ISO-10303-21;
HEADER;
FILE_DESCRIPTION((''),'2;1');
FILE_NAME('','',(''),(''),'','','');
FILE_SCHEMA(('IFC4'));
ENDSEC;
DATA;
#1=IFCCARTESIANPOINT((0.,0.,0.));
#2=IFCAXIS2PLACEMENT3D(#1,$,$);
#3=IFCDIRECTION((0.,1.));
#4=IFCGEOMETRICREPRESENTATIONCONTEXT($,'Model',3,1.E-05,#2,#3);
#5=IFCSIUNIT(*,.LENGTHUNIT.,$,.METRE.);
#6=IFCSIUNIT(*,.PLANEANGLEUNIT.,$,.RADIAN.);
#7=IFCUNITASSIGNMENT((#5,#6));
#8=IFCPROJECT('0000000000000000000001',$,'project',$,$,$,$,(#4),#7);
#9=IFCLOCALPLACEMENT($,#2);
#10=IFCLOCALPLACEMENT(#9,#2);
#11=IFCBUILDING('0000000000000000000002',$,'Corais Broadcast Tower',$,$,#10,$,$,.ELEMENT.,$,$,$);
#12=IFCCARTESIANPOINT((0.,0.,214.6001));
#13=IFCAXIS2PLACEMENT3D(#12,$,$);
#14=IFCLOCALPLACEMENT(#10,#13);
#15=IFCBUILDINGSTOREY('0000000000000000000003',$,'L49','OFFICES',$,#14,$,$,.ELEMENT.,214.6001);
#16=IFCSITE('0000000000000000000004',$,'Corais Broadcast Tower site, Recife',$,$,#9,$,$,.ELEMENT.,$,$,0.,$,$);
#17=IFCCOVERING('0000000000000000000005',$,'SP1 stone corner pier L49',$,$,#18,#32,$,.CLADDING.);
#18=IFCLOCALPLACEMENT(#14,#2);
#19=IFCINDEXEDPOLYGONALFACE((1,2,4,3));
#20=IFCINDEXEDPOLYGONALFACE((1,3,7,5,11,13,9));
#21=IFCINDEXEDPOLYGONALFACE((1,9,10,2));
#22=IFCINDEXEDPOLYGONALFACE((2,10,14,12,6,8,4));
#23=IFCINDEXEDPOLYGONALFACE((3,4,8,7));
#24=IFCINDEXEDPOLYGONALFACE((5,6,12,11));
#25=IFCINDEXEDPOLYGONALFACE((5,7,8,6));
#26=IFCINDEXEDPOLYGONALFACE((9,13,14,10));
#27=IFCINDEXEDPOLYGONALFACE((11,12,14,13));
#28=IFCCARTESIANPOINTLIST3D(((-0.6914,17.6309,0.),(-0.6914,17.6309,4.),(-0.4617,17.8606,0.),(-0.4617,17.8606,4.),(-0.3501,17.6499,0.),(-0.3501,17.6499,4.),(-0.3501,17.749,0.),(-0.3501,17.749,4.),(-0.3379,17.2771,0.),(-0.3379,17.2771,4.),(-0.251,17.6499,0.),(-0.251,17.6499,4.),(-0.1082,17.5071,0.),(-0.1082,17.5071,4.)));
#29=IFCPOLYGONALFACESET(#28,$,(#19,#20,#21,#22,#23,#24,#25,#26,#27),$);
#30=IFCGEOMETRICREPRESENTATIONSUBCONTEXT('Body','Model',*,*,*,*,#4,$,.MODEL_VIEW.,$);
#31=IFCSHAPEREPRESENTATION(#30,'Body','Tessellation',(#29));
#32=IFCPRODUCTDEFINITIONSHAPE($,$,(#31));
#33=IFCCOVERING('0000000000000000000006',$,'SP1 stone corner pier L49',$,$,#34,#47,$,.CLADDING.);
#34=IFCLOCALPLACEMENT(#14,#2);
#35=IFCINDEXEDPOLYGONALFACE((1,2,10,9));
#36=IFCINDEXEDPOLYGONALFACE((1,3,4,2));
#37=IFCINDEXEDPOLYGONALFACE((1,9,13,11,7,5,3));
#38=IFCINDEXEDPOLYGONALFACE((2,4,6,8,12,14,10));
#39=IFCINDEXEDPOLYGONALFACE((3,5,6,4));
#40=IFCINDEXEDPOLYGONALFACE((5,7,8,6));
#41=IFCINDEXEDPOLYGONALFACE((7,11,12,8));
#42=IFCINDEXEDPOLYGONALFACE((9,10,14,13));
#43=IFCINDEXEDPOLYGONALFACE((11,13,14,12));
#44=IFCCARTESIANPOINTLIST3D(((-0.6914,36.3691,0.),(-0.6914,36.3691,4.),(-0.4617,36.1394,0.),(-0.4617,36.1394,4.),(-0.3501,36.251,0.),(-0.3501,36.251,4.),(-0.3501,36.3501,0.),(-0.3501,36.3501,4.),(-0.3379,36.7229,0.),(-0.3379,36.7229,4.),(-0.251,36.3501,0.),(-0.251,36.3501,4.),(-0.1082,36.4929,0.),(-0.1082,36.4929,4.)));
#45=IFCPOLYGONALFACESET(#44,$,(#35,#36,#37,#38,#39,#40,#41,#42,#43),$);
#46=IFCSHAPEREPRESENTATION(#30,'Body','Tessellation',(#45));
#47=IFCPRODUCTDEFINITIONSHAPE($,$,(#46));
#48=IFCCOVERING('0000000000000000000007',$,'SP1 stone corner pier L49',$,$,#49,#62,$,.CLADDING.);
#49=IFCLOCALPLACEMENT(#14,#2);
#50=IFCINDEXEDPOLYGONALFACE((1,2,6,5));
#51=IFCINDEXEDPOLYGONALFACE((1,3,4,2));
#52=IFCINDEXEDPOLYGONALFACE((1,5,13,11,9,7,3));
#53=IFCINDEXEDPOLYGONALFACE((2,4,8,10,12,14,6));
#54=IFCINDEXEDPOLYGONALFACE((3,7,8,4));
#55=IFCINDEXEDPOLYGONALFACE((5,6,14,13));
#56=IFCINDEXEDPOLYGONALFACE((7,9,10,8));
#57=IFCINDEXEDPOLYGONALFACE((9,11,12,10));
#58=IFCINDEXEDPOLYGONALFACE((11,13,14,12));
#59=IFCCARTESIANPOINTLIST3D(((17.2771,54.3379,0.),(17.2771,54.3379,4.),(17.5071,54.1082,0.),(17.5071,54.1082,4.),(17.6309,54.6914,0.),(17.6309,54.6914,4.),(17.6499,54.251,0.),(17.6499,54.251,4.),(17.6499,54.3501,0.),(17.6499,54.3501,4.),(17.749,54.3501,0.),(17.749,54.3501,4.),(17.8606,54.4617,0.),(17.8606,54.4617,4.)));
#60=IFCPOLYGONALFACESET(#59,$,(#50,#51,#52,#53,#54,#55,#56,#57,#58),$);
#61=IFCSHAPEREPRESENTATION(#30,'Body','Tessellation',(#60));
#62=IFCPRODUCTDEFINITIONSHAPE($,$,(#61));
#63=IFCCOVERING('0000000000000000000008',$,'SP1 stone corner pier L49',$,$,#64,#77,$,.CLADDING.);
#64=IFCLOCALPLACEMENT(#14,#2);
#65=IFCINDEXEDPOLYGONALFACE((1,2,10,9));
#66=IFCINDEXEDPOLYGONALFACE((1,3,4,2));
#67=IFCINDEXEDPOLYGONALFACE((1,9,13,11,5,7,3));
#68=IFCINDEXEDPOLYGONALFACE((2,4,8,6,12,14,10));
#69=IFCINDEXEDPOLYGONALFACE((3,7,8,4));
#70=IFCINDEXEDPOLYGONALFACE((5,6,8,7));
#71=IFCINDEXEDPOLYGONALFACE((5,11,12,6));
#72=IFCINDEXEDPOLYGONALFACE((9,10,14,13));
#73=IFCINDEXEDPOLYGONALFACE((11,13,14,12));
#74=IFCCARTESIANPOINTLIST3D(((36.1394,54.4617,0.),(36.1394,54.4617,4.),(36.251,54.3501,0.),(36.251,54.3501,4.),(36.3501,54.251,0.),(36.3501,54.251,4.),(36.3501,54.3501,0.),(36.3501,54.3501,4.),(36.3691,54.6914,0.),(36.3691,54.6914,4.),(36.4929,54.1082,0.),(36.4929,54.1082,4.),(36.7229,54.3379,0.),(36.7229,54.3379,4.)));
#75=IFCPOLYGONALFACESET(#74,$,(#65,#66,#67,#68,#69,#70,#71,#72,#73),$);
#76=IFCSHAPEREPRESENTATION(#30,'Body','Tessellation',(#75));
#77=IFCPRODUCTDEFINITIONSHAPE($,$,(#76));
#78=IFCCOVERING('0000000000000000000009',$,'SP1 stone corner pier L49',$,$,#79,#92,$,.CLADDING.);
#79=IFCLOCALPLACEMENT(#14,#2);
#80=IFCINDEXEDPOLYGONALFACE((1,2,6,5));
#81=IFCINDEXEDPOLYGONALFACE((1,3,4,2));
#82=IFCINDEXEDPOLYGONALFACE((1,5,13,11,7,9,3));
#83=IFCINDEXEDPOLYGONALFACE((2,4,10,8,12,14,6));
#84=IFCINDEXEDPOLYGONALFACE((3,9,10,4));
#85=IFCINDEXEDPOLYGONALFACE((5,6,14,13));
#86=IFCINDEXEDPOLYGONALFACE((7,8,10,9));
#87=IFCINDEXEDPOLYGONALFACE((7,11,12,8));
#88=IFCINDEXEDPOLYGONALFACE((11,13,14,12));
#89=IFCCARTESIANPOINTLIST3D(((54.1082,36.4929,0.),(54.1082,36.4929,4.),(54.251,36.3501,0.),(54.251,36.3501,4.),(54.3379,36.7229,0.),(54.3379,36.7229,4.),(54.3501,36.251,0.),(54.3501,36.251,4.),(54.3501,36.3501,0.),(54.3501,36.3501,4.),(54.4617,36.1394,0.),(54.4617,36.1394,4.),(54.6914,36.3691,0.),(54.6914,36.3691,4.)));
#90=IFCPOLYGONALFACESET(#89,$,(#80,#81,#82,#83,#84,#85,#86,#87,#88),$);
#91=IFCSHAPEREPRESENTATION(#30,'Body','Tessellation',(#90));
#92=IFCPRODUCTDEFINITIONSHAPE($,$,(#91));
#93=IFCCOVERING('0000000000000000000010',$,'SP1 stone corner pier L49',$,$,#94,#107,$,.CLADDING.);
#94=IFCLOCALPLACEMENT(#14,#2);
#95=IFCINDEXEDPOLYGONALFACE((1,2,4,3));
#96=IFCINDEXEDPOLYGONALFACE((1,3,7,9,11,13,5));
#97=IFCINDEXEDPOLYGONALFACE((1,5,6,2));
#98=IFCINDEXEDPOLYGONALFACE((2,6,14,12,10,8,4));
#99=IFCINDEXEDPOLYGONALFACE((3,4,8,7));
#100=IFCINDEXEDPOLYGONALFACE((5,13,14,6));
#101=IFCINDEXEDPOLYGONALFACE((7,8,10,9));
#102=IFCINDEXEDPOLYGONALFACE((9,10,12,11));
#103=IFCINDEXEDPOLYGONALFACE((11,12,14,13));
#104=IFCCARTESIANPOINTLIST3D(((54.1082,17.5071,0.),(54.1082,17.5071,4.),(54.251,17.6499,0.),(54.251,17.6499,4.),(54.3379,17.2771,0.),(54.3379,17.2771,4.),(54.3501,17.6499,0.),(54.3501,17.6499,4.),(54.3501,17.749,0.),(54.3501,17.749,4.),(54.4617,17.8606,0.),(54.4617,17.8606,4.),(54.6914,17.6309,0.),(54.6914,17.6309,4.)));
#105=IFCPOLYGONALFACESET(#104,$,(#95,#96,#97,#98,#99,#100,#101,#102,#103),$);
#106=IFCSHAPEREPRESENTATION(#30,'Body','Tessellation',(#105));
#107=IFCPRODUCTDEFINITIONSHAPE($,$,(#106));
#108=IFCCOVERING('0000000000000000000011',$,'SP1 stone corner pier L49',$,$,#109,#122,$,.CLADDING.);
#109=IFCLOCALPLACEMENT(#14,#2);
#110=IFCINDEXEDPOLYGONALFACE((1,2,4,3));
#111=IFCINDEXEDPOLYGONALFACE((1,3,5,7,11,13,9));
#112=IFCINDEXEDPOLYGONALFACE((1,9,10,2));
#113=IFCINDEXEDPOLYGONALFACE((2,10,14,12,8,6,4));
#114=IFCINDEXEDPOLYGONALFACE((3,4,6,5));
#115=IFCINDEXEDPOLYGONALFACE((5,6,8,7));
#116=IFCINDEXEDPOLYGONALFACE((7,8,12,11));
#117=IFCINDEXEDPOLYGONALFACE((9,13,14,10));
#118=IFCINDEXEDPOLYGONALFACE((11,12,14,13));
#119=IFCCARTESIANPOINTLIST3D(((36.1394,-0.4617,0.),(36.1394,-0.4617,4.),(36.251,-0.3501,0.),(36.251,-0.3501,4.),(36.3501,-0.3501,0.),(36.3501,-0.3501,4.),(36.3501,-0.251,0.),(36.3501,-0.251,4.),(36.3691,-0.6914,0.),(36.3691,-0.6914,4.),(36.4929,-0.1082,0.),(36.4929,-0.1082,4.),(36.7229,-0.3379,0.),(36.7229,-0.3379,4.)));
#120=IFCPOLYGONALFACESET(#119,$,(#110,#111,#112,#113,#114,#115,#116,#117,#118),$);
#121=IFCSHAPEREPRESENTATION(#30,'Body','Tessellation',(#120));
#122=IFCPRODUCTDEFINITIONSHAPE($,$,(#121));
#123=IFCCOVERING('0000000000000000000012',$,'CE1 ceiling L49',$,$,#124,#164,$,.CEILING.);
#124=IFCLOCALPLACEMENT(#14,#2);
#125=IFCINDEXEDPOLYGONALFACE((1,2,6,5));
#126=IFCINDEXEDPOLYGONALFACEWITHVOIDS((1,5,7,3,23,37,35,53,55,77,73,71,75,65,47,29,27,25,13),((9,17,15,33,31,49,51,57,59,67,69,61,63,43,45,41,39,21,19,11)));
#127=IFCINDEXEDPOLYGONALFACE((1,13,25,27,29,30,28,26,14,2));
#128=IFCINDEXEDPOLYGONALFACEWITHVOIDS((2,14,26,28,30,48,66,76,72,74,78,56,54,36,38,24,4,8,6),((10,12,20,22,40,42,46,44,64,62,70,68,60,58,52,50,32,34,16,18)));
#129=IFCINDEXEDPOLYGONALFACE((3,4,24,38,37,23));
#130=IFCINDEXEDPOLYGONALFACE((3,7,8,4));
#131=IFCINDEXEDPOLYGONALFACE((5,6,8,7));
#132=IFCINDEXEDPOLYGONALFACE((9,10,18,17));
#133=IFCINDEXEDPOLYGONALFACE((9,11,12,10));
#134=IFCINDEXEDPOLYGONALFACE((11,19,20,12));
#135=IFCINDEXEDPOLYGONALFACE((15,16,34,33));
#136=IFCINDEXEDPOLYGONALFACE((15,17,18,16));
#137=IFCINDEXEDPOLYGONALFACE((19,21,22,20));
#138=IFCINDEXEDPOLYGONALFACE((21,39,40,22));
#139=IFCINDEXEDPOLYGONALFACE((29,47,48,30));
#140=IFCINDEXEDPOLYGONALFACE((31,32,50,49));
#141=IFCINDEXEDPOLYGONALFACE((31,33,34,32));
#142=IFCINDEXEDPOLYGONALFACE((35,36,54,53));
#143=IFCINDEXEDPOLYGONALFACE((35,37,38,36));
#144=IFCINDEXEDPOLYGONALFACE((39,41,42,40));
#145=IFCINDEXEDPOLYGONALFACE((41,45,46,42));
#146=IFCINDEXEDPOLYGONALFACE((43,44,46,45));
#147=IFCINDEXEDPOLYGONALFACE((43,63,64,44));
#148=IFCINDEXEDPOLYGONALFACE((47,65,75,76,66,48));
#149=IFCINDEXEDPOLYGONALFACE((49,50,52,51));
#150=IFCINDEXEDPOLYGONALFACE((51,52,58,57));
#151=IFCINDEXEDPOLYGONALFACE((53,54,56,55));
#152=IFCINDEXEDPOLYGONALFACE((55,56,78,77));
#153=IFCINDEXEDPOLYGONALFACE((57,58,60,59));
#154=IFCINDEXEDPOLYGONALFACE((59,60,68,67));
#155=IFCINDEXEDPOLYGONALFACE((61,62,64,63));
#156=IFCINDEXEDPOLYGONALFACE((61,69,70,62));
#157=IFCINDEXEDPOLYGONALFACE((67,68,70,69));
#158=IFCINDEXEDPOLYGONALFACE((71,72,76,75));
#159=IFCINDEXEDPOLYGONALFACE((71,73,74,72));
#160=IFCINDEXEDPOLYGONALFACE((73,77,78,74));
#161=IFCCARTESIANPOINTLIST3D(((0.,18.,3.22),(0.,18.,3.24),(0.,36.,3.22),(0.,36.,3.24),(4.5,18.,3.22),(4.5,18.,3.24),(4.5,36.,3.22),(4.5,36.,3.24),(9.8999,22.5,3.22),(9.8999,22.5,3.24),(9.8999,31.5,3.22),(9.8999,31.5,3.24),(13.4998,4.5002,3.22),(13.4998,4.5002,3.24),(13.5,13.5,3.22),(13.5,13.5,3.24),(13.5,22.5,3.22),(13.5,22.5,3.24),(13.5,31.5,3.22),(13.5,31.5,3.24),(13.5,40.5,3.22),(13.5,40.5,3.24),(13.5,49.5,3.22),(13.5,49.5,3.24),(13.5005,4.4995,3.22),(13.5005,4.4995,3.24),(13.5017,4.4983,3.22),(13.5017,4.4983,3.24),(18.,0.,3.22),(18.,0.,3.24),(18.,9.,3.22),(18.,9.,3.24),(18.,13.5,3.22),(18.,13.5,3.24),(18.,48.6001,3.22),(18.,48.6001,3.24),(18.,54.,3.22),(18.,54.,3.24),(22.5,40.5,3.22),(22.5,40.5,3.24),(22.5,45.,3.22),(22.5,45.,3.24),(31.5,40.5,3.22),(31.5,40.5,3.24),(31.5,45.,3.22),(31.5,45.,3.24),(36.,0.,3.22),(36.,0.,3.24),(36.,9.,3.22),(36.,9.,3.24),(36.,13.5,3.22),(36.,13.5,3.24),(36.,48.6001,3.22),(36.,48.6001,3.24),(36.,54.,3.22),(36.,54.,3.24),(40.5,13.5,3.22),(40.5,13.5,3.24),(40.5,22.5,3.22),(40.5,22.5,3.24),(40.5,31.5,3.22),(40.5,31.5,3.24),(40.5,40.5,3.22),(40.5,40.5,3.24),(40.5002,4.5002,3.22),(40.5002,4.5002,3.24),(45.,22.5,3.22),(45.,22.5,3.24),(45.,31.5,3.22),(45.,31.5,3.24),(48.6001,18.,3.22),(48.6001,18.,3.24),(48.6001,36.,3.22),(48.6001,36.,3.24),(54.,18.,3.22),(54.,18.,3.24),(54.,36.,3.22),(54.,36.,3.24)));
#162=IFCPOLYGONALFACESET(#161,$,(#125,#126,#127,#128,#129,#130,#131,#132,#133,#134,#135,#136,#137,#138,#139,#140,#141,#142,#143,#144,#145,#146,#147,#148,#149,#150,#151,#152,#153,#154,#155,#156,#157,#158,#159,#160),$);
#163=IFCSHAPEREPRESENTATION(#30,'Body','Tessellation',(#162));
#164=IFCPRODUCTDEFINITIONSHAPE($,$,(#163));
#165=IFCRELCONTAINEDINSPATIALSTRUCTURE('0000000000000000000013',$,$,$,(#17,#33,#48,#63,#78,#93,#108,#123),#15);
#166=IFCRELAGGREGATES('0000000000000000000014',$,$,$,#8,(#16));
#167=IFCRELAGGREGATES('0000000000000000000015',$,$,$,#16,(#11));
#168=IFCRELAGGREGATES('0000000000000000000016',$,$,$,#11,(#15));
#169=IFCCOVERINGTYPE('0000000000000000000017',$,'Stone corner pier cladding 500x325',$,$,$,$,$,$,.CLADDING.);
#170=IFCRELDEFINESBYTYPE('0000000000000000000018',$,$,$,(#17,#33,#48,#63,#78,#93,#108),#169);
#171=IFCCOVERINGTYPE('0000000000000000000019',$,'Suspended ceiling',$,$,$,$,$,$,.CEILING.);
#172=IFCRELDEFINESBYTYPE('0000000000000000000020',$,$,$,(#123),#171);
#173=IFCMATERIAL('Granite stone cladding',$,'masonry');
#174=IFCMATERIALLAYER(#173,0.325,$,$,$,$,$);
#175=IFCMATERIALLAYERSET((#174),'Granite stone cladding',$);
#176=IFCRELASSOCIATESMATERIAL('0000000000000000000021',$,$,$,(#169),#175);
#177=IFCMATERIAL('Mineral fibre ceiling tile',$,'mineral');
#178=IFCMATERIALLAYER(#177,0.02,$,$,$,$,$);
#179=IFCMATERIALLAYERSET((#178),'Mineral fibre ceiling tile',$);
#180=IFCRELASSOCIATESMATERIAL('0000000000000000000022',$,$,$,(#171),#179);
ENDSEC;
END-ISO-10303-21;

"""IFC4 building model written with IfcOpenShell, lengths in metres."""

from ifc_helpers import new_model, si_unit, direction, frame, origin, place, context, subcontext, project, spatial, polyline, outline, extrude, material, layer, layer_set, type_object, element, save


model = new_model("IFC4")

# Units and contexts
model_context = context("Model", 3, precision=1e-05, world=origin(), true_north=direction((0.0, 1.0)))
body_context = subcontext(model_context, "Body", "Model", "MODEL_VIEW")
ifc_project = project(units=[si_unit("LENGTHUNIT", "METRE"), si_unit("PLANEANGLEUNIT", "RADIAN")], contexts=[model_context])

# Site, building, storey
site_placement = place(None, origin())
site = spatial("IfcSite", under=ifc_project, at=site_placement, Name="Corais Broadcast Tower site, Recife", CompositionType="ELEMENT", RefElevation=0.0)
building_placement = place(site_placement, origin())
building = spatial("IfcBuilding", under=site, at=building_placement, Name="Corais Broadcast Tower", CompositionType="ELEMENT")
storey_placement = place(building_placement, frame((0.0, 0.0, 214.6001)))
storey = spatial("IfcBuildingStorey", under=building, at=storey_placement, Name="L49", Description="OFFICES", CompositionType="ELEMENT", Elevation=214.6001)

# Coverings
ifc_material_1 = material(Name="Granite stone cladding", Category="masonry")
ifc_layer_1 = layer(ifc_material_1, 0.325)
ifc_layer_set_1 = layer_set([ifc_layer_1], Name="Granite stone cladding")
covering_type_1 = type_object("IfcCoveringType", Name="Stone corner pier cladding 500x325", PredefinedType="CLADDING", material=ifc_layer_set_1)
covering_1_placement = place(storey_placement, origin())
element("IfcCovering", 1, at=covering_1_placement, inside=storey, type_object=covering_type_1, Name="SP1 stone corner pier L49", PredefinedType="CLADDING", context=body_context, shape_type="SweptSolid", body=[
    extrude(outline(polyline([(-0.3501, 17.749), (-0.4617, 17.8606), (-0.6914, 17.6309), (-0.3379, 17.2771), (-0.1082, 17.5071), (-0.251, 17.6499), (-0.3501, 17.6499), (-0.3501, 17.749)])), origin(), (0.0, 0.0, 1.0), 4.0),
])
covering_2_placement = place(storey_placement, origin())
element("IfcCovering", 2, at=covering_2_placement, inside=storey, type_object=covering_type_1, Name="SP1 stone corner pier L49", PredefinedType="CLADDING", context=body_context, shape_type="SweptSolid", body=[
    extrude(outline(polyline([(-0.4617, 36.1394), (-0.3501, 36.251), (-0.3501, 36.3501), (-0.251, 36.3501), (-0.1082, 36.4929), (-0.3379, 36.7229), (-0.6914, 36.3691), (-0.4617, 36.1394)])), origin(), (0.0, 0.0, 1.0), 4.0),
])
covering_3_placement = place(storey_placement, origin())
element("IfcCovering", 3, at=covering_3_placement, inside=storey, type_object=covering_type_1, Name="SP1 stone corner pier L49", PredefinedType="CLADDING", context=body_context, shape_type="SweptSolid", body=[
    extrude(outline(polyline([(17.749, 54.3501), (17.8606, 54.4617), (17.6309, 54.6914), (17.2771, 54.3379), (17.5071, 54.1082), (17.6499, 54.251), (17.6499, 54.3501), (17.749, 54.3501)])), origin(), (0.0, 0.0, 1.0), 4.0),
])
covering_4_placement = place(storey_placement, origin())
element("IfcCovering", 4, at=covering_4_placement, inside=storey, type_object=covering_type_1, Name="SP1 stone corner pier L49", PredefinedType="CLADDING", context=body_context, shape_type="SweptSolid", body=[
    extrude(outline(polyline([(36.1394, 54.4617), (36.251, 54.3501), (36.3501, 54.3501), (36.3501, 54.251), (36.4929, 54.1082), (36.7229, 54.3379), (36.3691, 54.6914), (36.1394, 54.4617)])), origin(), (0.0, 0.0, 1.0), 4.0),
])
covering_5_placement = place(storey_placement, origin())
element("IfcCovering", 5, at=covering_5_placement, inside=storey, type_object=covering_type_1, Name="SP1 stone corner pier L49", PredefinedType="CLADDING", context=body_context, shape_type="SweptSolid", body=[
    extrude(outline(polyline([(54.3501, 36.251), (54.4617, 36.1394), (54.6914, 36.3691), (54.3379, 36.7229), (54.1082, 36.4929), (54.251, 36.3501), (54.3501, 36.3501), (54.3501, 36.251)])), origin(), (0.0, 0.0, 1.0), 4.0),
])
covering_6_placement = place(storey_placement, origin())
element("IfcCovering", 6, at=covering_6_placement, inside=storey, type_object=covering_type_1, Name="SP1 stone corner pier L49", PredefinedType="CLADDING", context=body_context, shape_type="SweptSolid", body=[
    extrude(outline(polyline([(54.4617, 17.8606), (54.3501, 17.749), (54.3501, 17.6499), (54.251, 17.6499), (54.1082, 17.5071), (54.3379, 17.2771), (54.6914, 17.6309), (54.4617, 17.8606)])), origin(), (0.0, 0.0, 1.0), 4.0),
])
covering_7_placement = place(storey_placement, origin())
element("IfcCovering", 7, at=covering_7_placement, inside=storey, type_object=covering_type_1, Name="SP1 stone corner pier L49", PredefinedType="CLADDING", context=body_context, shape_type="SweptSolid", body=[
    extrude(outline(polyline([(36.251, -0.3501), (36.1394, -0.4617), (36.3691, -0.6914), (36.7229, -0.3379), (36.4929, -0.1082), (36.3501, -0.251), (36.3501, -0.3501), (36.251, -0.3501)])), origin(), (0.0, 0.0, 1.0), 4.0),
])
ifc_material_2 = material(Name="Mineral fibre ceiling tile", Category="mineral")
ifc_layer_2 = layer(ifc_material_2, 0.02)
ifc_layer_set_2 = layer_set([ifc_layer_2], Name="Mineral fibre ceiling tile")
covering_type_2 = type_object("IfcCoveringType", Name="Suspended ceiling", PredefinedType="CEILING", material=ifc_layer_set_2)
covering_8_placement = place(storey_placement, frame((0.0, 0.0, 3.22)))
element("IfcCovering", 8, at=covering_8_placement, inside=storey, type_object=covering_type_2, Name="CE1 ceiling L49", PredefinedType="CEILING", context=body_context, shape_type="SweptSolid", body=[
    extrude(outline(polyline([(13.5, 49.5), (18.0, 54.0), (18.0, 48.6001), (36.0, 48.6001), (36.0, 54.0), (54.0, 36.0), (48.6001, 36.0), (48.6001, 18.0), (54.0, 18.0), (40.5002, 4.5002), (36.0, 0.0), (18.0, 0.0), (13.5017, 4.4983), (13.5005, 4.4995), (13.4998, 4.5002), (0.0, 18.0), (4.5, 18.0), (4.5, 36.0), (0.0, 36.0), (13.5, 49.5)]), holes=[polyline([(40.5, 31.5), (40.5, 40.5), (31.5, 40.5), (31.5, 45.0), (22.5, 45.0), (22.5, 40.5), (13.5, 40.5), (13.5, 31.5), (9.8999, 31.5), (9.8999, 22.5), (13.5, 22.5), (13.5, 13.5), (18.0, 13.5), (18.0, 9.0), (36.0, 9.0), (36.0, 13.5), (40.5, 13.5), (40.5, 22.5), (45.0, 22.5), (45.0, 31.5), (40.5, 31.5)])]), origin(), (0.0, 0.0, 1.0), 0.02),
])

save(model, "model.ifc")
